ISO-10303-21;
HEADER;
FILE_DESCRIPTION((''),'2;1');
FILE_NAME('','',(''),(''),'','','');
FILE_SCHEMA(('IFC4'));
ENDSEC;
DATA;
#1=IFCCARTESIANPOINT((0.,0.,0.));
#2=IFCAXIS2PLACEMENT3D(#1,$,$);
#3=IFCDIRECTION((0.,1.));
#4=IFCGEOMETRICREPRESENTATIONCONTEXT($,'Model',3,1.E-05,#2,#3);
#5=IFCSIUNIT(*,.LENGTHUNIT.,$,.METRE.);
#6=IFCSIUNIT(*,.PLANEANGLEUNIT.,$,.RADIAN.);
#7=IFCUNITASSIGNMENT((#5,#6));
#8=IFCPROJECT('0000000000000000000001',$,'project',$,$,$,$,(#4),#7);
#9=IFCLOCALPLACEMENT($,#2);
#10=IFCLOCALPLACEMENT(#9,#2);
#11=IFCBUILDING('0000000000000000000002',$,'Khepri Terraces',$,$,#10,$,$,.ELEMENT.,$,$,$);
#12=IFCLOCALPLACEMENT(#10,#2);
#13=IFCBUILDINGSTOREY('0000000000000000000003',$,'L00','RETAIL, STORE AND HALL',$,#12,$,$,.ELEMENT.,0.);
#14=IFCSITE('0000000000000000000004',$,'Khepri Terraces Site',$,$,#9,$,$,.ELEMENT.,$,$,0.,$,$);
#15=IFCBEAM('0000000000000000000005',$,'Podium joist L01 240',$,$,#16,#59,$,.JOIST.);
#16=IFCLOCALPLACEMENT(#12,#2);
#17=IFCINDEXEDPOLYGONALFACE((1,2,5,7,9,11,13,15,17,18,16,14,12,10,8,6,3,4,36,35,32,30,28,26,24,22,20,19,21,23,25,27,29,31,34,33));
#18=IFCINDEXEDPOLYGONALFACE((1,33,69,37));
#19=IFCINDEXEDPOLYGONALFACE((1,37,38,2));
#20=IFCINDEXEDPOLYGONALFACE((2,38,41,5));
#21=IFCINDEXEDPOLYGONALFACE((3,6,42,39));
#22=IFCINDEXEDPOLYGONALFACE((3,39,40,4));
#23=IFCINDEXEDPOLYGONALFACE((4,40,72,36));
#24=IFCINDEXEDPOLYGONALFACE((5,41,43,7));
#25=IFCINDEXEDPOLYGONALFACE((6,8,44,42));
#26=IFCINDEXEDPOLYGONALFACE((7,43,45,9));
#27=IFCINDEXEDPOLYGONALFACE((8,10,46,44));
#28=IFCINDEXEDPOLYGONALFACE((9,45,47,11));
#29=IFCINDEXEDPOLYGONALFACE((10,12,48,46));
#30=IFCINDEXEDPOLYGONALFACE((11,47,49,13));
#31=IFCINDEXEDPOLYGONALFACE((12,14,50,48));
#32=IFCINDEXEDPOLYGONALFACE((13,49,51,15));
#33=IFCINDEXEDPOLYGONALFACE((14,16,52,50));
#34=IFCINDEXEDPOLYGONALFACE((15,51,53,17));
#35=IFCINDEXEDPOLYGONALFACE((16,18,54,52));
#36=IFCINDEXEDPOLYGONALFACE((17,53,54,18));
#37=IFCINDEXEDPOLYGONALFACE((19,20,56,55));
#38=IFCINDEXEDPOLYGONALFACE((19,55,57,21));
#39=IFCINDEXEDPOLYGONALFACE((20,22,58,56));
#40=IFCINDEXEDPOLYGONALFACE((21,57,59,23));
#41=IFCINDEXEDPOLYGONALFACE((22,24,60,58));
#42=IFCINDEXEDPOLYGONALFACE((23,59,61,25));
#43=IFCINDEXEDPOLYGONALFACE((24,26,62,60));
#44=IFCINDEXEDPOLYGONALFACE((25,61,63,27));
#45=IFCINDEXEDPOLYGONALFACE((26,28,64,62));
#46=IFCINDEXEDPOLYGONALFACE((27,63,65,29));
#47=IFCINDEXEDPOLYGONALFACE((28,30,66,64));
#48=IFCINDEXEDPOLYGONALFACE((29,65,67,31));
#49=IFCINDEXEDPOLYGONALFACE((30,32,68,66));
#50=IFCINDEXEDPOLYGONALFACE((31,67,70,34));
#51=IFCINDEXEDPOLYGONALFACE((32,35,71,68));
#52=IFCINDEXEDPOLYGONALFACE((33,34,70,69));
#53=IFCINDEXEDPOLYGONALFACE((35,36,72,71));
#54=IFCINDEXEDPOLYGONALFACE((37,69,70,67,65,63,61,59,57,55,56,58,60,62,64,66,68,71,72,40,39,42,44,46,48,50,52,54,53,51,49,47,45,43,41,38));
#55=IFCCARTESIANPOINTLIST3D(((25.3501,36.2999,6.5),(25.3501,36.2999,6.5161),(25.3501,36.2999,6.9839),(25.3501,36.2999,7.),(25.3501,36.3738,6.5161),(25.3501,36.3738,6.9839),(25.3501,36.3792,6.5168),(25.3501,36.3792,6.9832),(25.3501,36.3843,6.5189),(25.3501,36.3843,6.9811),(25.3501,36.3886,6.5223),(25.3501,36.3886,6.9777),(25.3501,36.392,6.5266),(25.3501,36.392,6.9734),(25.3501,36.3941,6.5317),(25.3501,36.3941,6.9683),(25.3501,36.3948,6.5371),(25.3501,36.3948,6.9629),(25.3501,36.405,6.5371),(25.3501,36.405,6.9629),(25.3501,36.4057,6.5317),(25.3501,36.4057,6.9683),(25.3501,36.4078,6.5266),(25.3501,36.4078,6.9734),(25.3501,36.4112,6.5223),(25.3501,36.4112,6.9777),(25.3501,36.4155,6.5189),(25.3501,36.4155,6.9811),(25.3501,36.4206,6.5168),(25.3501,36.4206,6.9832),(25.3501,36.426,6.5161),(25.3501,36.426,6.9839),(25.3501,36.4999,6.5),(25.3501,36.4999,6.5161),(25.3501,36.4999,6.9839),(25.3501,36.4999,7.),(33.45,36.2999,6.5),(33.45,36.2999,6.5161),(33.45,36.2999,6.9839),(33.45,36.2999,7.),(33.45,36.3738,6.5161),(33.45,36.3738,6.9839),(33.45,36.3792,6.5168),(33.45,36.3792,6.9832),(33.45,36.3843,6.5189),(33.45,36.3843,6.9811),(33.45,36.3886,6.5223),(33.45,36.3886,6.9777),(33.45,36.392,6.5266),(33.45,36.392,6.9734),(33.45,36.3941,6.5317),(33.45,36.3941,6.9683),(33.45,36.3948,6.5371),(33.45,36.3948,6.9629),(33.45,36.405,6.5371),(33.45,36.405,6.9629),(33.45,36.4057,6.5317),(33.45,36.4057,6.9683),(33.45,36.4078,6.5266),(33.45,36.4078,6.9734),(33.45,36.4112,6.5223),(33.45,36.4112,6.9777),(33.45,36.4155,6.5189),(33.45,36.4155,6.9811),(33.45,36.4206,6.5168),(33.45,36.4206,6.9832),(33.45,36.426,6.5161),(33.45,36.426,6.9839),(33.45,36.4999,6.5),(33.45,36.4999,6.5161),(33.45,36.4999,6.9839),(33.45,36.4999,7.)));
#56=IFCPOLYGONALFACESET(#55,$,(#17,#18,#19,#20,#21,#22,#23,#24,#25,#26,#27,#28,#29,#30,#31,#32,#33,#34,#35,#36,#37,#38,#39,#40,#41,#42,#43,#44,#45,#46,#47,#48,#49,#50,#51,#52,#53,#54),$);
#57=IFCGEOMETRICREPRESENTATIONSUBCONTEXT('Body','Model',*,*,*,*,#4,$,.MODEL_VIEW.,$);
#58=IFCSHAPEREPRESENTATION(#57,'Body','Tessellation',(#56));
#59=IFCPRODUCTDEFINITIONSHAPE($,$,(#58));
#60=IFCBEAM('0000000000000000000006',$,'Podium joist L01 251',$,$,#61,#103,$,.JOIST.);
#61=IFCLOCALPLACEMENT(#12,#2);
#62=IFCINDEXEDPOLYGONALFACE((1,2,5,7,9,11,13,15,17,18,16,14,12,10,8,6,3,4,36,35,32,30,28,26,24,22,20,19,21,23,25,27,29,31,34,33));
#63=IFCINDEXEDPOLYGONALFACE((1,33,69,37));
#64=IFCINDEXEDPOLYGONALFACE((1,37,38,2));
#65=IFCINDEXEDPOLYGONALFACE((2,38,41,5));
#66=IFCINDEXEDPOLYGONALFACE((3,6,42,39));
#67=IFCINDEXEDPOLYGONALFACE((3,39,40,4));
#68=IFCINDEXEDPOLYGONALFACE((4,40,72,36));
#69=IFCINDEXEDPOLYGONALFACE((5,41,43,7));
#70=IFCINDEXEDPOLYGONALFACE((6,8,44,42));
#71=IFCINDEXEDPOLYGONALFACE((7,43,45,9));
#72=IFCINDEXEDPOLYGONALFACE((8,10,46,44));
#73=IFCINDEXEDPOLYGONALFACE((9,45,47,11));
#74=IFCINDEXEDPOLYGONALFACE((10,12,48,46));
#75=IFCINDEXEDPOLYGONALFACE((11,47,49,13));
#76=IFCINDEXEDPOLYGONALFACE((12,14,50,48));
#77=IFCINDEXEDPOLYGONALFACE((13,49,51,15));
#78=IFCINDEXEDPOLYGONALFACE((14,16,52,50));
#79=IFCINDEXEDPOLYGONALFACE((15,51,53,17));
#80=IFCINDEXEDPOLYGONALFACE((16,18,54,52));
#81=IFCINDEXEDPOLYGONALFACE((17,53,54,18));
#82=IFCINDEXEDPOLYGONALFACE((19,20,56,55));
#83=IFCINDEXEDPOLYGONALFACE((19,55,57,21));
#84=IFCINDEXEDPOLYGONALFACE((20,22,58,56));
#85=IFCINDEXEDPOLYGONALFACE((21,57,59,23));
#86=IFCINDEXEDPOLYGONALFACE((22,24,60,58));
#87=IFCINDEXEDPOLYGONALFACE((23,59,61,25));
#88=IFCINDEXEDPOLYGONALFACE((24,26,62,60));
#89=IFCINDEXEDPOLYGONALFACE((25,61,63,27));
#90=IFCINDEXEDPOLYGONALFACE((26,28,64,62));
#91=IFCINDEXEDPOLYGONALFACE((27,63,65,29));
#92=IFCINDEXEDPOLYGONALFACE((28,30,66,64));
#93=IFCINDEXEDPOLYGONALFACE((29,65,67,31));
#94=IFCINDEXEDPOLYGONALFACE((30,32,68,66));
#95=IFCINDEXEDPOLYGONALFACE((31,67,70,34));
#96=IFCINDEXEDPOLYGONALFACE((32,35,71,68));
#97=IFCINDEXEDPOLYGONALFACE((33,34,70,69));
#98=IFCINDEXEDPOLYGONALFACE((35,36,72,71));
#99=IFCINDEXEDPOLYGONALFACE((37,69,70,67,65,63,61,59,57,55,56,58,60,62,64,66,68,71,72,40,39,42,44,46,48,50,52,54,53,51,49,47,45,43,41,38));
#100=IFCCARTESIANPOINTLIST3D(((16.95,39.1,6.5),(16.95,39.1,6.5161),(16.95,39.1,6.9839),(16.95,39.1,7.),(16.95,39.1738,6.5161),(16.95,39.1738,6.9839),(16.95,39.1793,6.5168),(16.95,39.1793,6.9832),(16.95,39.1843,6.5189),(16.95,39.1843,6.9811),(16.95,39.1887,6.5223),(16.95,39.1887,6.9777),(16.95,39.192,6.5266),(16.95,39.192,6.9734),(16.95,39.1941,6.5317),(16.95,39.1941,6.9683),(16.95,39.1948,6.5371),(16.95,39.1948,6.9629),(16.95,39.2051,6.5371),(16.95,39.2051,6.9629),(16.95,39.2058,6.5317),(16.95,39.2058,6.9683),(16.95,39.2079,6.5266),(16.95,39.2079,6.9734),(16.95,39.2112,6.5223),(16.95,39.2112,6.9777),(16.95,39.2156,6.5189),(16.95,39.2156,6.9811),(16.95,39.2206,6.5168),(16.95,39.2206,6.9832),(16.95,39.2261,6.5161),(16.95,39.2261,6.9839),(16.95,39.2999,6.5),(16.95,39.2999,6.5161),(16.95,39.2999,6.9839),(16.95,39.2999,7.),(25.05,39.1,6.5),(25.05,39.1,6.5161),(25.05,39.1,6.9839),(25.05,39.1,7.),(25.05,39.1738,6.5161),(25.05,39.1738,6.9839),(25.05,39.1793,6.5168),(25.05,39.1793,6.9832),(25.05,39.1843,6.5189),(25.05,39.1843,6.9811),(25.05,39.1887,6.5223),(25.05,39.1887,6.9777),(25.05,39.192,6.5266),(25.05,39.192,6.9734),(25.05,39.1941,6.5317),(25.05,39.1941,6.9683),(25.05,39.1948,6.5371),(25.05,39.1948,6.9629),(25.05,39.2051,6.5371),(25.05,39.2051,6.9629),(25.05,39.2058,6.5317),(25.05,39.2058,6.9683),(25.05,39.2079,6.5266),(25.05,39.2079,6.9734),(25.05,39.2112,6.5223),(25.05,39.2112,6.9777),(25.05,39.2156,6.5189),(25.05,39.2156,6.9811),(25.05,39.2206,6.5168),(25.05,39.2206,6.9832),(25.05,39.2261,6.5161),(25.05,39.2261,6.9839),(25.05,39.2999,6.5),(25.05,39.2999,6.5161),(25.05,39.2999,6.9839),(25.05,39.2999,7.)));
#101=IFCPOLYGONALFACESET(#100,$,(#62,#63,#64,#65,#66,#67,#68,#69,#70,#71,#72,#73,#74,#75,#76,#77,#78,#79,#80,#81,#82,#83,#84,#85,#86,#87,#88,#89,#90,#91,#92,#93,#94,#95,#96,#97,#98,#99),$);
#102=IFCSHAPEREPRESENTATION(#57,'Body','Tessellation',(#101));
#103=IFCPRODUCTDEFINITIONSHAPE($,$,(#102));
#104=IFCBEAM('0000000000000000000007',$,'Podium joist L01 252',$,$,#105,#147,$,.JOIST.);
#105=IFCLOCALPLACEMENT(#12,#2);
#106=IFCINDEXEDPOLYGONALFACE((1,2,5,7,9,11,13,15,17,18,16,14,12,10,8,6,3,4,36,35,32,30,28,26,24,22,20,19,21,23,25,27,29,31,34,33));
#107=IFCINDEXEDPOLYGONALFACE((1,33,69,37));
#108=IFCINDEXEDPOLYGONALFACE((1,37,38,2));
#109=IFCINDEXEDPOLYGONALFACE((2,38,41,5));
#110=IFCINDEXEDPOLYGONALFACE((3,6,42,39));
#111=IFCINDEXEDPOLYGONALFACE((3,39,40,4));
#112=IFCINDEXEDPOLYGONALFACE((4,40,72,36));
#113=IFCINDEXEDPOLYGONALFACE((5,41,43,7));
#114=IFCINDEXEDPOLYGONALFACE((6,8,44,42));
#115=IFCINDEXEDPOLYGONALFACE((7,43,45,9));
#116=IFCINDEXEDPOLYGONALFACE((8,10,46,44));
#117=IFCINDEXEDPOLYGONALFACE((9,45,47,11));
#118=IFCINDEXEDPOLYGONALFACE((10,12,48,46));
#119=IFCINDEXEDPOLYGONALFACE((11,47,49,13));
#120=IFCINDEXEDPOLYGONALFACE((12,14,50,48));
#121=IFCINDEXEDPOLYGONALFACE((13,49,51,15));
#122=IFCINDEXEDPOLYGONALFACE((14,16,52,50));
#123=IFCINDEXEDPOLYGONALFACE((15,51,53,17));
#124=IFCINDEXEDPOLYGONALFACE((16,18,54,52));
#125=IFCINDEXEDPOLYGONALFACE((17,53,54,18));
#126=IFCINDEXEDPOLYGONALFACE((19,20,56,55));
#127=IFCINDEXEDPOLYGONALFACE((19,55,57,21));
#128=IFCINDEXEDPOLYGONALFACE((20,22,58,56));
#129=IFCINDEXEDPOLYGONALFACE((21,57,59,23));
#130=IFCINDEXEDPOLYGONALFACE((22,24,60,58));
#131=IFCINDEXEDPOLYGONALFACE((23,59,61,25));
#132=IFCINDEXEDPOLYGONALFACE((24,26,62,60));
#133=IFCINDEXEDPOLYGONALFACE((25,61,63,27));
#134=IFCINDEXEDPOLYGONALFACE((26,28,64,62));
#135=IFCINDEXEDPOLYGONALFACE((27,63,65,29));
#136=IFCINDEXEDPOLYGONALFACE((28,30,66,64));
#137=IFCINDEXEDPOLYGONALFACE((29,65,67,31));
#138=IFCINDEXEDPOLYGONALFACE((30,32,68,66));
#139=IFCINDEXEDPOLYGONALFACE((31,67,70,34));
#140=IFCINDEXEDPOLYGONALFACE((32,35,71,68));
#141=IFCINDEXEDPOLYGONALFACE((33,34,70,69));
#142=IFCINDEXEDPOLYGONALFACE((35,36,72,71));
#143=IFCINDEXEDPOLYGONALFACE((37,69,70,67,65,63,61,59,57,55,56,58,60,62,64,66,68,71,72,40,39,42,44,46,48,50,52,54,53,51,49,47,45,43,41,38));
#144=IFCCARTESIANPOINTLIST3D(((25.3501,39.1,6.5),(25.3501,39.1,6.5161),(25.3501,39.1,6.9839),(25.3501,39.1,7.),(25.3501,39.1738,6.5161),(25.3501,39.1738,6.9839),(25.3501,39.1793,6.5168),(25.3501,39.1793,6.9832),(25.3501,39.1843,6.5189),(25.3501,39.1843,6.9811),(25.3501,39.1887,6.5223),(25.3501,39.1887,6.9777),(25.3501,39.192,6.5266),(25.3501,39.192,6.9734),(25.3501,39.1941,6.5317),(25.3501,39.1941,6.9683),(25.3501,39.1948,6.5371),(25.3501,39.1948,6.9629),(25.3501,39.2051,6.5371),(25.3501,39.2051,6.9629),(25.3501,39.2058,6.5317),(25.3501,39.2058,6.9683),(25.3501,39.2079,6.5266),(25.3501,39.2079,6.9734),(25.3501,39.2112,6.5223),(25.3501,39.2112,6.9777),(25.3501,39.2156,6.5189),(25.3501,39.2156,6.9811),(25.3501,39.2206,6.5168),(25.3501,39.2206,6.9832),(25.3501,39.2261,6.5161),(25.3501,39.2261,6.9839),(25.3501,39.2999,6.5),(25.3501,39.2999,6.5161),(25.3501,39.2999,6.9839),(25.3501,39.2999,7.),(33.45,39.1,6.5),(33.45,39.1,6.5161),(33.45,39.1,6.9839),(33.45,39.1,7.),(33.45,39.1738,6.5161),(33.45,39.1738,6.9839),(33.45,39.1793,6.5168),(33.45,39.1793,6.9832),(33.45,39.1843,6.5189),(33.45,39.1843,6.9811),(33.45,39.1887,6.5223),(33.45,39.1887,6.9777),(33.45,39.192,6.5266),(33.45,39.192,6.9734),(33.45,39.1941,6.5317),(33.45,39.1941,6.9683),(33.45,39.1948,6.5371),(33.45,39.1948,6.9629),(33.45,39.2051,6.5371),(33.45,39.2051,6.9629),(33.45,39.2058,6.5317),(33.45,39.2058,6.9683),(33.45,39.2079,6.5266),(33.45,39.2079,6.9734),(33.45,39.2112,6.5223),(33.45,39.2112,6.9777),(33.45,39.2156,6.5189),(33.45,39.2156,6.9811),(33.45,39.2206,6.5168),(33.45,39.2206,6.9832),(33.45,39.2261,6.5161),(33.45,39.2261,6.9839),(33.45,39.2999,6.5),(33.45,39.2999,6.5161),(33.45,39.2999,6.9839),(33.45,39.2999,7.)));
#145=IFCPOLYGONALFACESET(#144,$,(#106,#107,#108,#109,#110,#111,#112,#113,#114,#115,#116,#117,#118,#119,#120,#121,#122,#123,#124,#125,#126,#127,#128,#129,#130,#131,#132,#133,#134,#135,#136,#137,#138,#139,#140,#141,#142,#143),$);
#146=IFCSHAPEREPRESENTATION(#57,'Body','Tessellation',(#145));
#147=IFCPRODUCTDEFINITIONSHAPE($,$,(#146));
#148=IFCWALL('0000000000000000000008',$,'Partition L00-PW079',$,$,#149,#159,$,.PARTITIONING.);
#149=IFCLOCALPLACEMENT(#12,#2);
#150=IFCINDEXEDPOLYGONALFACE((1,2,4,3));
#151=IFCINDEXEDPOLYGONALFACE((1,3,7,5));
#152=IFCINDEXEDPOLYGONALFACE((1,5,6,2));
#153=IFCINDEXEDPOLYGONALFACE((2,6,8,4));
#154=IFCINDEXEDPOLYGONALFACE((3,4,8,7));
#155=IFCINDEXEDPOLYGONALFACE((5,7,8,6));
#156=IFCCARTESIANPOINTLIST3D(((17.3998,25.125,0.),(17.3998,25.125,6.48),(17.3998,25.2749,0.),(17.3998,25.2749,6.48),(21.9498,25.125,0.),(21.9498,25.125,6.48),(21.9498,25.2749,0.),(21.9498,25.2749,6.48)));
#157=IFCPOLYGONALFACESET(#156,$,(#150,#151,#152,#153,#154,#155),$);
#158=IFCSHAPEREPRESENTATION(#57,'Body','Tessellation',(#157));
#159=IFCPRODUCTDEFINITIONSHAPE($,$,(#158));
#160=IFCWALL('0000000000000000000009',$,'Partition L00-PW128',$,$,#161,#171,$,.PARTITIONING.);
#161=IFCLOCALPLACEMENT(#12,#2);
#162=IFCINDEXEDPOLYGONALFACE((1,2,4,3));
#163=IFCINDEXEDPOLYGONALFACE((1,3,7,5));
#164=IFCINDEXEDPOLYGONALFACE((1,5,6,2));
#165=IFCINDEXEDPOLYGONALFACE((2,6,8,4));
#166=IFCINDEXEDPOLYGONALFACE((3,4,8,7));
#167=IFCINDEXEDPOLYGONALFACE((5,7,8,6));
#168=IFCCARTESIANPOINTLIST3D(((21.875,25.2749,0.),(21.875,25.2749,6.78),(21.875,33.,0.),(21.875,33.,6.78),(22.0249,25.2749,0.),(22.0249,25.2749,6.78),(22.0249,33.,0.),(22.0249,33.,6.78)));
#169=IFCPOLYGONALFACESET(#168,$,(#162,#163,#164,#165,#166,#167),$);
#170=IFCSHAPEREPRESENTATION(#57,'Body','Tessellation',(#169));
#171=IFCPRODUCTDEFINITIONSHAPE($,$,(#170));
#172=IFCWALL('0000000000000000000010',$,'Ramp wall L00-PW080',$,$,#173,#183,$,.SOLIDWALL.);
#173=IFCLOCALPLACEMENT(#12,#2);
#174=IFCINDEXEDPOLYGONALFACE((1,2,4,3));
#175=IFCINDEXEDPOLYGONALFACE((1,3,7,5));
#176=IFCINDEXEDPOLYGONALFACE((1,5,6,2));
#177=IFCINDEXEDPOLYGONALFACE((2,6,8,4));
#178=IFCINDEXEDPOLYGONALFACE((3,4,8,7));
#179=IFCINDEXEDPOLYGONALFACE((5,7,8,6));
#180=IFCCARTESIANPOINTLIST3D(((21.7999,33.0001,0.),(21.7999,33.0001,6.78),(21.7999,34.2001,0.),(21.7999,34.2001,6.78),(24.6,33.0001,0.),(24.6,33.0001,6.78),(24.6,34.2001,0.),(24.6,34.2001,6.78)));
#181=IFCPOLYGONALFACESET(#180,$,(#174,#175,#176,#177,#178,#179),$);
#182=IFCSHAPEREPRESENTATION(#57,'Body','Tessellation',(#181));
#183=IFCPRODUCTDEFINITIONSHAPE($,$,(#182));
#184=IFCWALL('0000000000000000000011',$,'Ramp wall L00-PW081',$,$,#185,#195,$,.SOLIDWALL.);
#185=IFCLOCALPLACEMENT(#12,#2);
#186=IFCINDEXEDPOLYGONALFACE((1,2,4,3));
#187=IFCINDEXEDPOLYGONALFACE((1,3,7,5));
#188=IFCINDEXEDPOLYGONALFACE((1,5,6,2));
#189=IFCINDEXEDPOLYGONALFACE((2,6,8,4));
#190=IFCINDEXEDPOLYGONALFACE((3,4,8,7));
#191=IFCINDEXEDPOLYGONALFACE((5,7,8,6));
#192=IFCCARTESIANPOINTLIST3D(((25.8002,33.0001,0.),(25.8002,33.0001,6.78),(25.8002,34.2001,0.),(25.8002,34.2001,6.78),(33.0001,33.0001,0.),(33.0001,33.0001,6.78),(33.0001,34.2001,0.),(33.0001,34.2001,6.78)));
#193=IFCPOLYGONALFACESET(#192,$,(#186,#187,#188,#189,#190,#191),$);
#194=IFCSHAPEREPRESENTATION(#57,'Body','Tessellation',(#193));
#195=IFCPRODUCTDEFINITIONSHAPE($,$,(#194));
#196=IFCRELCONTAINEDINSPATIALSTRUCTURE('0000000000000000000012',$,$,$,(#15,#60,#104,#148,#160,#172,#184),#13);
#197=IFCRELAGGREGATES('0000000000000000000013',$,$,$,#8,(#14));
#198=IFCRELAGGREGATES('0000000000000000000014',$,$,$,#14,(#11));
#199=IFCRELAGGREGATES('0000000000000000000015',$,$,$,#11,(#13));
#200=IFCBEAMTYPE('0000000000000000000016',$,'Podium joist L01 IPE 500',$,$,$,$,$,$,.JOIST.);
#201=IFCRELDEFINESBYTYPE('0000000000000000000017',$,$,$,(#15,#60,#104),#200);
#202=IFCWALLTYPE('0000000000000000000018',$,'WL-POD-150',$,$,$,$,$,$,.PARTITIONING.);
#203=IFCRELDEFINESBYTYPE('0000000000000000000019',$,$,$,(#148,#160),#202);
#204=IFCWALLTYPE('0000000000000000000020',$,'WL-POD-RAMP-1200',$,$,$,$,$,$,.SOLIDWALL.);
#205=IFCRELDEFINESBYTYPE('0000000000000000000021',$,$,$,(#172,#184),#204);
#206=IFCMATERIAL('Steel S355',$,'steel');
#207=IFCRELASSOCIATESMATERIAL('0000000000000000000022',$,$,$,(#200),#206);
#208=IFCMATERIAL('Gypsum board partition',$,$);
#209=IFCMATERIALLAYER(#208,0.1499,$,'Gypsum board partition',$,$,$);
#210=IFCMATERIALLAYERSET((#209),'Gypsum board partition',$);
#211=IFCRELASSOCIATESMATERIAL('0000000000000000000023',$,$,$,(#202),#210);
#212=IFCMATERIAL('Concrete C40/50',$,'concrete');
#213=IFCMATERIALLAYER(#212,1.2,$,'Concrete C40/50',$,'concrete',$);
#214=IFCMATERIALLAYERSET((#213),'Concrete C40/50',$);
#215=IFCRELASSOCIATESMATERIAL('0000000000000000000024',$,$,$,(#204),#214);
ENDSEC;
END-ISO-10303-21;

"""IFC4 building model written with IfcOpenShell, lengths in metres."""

from ifc_helpers import new_model, si_unit, direction, frame, frame_2d, origin, origin_2d, place, context, subcontext, project, spatial, rectangle, i_section, extrude, material, layer, layer_set, material_profile, profile_set, type_object, element, save


model = new_model("IFC4")

# Units and contexts
model_context = context("Model", 3, precision=1e-05, world=origin(), true_north=direction((0.0, 1.0)))
body_context = subcontext(model_context, "Body", "Model", "MODEL_VIEW")
ifc_project = project(units=[si_unit("LENGTHUNIT", "METRE"), si_unit("PLANEANGLEUNIT", "RADIAN")], contexts=[model_context])

# Site, building, storey
site_placement = place(None, origin())
site = spatial("IfcSite", under=ifc_project, at=site_placement, Name="Khepri Terraces Site", CompositionType="ELEMENT", RefElevation=0.0)
building_placement = place(site_placement, origin())
building = spatial("IfcBuilding", under=site, at=building_placement, Name="Khepri Terraces", CompositionType="ELEMENT")
storey_placement = place(building_placement, origin())
storey = spatial("IfcBuildingStorey", under=building, at=storey_placement, Name="L00", Description="RETAIL, STORE AND HALL", CompositionType="ELEMENT", Elevation=0.0)

# Beams
ifc_material_1 = material(Name="Steel S355", Category="steel")
ifc_material_profile_1 = material_profile(ifc_material_1, i_section(OverallWidth=0.2, OverallDepth=0.5, WebThickness=0.0103, FlangeThickness=0.0161, FilletRadius=0.021, at=origin_2d()), Name="Steel S355", Category="steel")
ifc_profile_set_1 = profile_set([ifc_material_profile_1], Name="Steel S355")
beam_type_1 = type_object("IfcBeamType", Name="Podium joist L01 IPE 500", PredefinedType="JOIST", material=ifc_profile_set_1)
beam_1_placement = place(storey_placement, frame((25.3501, 36.3999, 6.75), z_axis=(1.0, 0.0, 0.0), x_axis=(0.0, 1.0, 0.0)))
element("IfcBeam", 1, at=beam_1_placement, inside=storey, type_object=beam_type_1, Name="Podium joist L01 240", PredefinedType="JOIST", context=body_context, shape_type="SweptSolid", body=[
    extrude(i_section(OverallWidth=0.2, OverallDepth=0.5, WebThickness=0.0103, FlangeThickness=0.0161, FilletRadius=0.021, at=origin_2d()), origin(), (0.0, 0.0, 1.0), 8.0999),
])
beam_2_placement = place(storey_placement, frame((16.95, 39.2, 6.75), z_axis=(1.0, 0.0, 0.0), x_axis=(0.0, 1.0, 0.0)))
element("IfcBeam", 2, at=beam_2_placement, inside=storey, type_object=beam_type_1, Name="Podium joist L01 251", PredefinedType="JOIST", context=body_context, shape_type="SweptSolid", body=[
    extrude(i_section(OverallWidth=0.2, OverallDepth=0.5, WebThickness=0.0103, FlangeThickness=0.0161, FilletRadius=0.021, at=origin_2d()), origin(), (0.0, 0.0, 1.0), 8.1001),
])
beam_3_placement = place(storey_placement, frame((25.3501, 39.2, 6.75), z_axis=(1.0, 0.0, 0.0), x_axis=(0.0, 1.0, 0.0)))
element("IfcBeam", 3, at=beam_3_placement, inside=storey, type_object=beam_type_1, Name="Podium joist L01 252", PredefinedType="JOIST", context=body_context, shape_type="SweptSolid", body=[
    extrude(i_section(OverallWidth=0.2, OverallDepth=0.5, WebThickness=0.0103, FlangeThickness=0.0161, FilletRadius=0.021, at=origin_2d()), origin(), (0.0, 0.0, 1.0), 8.0999),
])

# Walls
ifc_material_2 = material(Name="Gypsum board partition")
ifc_layer_1 = layer(ifc_material_2, 0.1499, Name="Gypsum board partition")
ifc_layer_set_1 = layer_set([ifc_layer_1], Name="Gypsum board partition")
wall_type_1 = type_object("IfcWallType", Name="WL-POD-150", PredefinedType="PARTITIONING", material=ifc_layer_set_1)
wall_1_placement = place(storey_placement, frame((17.3999, 25.2, 0.0), z_axis=(0.0, 0.0, 1.0), x_axis=(1.0, 0.0, 0.0)))
element("IfcWall", 4, at=wall_1_placement, inside=storey, type_object=wall_type_1, Name="Partition L00-PW079", PredefinedType="PARTITIONING", context=body_context, shape_type="SweptSolid", body=[
    extrude(rectangle(XDim=4.55, YDim=0.1499, at=frame_2d((2.2749, 0.0))), origin(), (0.0, 0.0, 1.0), 6.48),
])
wall_2_placement = place(storey_placement, frame((21.95, 25.2749, 0.0), z_axis=(0.0, 0.0, 1.0), x_axis=(0.0, 1.0, 0.0)))
element("IfcWall", 5, at=wall_2_placement, inside=storey, type_object=wall_type_1, Name="Partition L00-PW128", PredefinedType="PARTITIONING", context=body_context, shape_type="SweptSolid", body=[
    extrude(rectangle(XDim=7.7251, YDim=0.1499, at=frame_2d((3.8625, 0.0))), origin(), (0.0, 0.0, 1.0), 6.78),
])
ifc_material_3 = material(Name="Concrete C40/50", Category="concrete")
ifc_layer_2 = layer(ifc_material_3, 1.2, Name="Concrete C40/50", Category="concrete")
ifc_layer_set_2 = layer_set([ifc_layer_2], Name="Concrete C40/50")
wall_type_2 = type_object("IfcWallType", Name="WL-POD-RAMP-1200", PredefinedType="SOLIDWALL", material=ifc_layer_set_2)
wall_3_placement = place(storey_placement, frame((21.8, 33.6001, 0.0), z_axis=(0.0, 0.0, 1.0), x_axis=(1.0, 0.0, 0.0)))
element("IfcWall", 6, at=wall_3_placement, inside=storey, type_object=wall_type_2, Name="Ramp wall L00-PW080", PredefinedType="SOLIDWALL", context=body_context, shape_type="SweptSolid", body=[
    extrude(rectangle(XDim=2.8, YDim=1.2, at=frame_2d((1.3999, 0.0))), origin(), (0.0, 0.0, 1.0), 6.78),
])
wall_4_placement = place(storey_placement, frame((25.8, 33.6001, 0.0), z_axis=(0.0, 0.0, 1.0), x_axis=(1.0, 0.0, 0.0)))
element("IfcWall", 7, at=wall_4_placement, inside=storey, type_object=wall_type_2, Name="Ramp wall L00-PW081", PredefinedType="SOLIDWALL", context=body_context, shape_type="SweptSolid", body=[
    extrude(rectangle(XDim=7.2, YDim=1.2, at=frame_2d((3.6001, 0.0))), origin(), (0.0, 0.0, 1.0), 6.78),
])

save(model, "model.ifc")
